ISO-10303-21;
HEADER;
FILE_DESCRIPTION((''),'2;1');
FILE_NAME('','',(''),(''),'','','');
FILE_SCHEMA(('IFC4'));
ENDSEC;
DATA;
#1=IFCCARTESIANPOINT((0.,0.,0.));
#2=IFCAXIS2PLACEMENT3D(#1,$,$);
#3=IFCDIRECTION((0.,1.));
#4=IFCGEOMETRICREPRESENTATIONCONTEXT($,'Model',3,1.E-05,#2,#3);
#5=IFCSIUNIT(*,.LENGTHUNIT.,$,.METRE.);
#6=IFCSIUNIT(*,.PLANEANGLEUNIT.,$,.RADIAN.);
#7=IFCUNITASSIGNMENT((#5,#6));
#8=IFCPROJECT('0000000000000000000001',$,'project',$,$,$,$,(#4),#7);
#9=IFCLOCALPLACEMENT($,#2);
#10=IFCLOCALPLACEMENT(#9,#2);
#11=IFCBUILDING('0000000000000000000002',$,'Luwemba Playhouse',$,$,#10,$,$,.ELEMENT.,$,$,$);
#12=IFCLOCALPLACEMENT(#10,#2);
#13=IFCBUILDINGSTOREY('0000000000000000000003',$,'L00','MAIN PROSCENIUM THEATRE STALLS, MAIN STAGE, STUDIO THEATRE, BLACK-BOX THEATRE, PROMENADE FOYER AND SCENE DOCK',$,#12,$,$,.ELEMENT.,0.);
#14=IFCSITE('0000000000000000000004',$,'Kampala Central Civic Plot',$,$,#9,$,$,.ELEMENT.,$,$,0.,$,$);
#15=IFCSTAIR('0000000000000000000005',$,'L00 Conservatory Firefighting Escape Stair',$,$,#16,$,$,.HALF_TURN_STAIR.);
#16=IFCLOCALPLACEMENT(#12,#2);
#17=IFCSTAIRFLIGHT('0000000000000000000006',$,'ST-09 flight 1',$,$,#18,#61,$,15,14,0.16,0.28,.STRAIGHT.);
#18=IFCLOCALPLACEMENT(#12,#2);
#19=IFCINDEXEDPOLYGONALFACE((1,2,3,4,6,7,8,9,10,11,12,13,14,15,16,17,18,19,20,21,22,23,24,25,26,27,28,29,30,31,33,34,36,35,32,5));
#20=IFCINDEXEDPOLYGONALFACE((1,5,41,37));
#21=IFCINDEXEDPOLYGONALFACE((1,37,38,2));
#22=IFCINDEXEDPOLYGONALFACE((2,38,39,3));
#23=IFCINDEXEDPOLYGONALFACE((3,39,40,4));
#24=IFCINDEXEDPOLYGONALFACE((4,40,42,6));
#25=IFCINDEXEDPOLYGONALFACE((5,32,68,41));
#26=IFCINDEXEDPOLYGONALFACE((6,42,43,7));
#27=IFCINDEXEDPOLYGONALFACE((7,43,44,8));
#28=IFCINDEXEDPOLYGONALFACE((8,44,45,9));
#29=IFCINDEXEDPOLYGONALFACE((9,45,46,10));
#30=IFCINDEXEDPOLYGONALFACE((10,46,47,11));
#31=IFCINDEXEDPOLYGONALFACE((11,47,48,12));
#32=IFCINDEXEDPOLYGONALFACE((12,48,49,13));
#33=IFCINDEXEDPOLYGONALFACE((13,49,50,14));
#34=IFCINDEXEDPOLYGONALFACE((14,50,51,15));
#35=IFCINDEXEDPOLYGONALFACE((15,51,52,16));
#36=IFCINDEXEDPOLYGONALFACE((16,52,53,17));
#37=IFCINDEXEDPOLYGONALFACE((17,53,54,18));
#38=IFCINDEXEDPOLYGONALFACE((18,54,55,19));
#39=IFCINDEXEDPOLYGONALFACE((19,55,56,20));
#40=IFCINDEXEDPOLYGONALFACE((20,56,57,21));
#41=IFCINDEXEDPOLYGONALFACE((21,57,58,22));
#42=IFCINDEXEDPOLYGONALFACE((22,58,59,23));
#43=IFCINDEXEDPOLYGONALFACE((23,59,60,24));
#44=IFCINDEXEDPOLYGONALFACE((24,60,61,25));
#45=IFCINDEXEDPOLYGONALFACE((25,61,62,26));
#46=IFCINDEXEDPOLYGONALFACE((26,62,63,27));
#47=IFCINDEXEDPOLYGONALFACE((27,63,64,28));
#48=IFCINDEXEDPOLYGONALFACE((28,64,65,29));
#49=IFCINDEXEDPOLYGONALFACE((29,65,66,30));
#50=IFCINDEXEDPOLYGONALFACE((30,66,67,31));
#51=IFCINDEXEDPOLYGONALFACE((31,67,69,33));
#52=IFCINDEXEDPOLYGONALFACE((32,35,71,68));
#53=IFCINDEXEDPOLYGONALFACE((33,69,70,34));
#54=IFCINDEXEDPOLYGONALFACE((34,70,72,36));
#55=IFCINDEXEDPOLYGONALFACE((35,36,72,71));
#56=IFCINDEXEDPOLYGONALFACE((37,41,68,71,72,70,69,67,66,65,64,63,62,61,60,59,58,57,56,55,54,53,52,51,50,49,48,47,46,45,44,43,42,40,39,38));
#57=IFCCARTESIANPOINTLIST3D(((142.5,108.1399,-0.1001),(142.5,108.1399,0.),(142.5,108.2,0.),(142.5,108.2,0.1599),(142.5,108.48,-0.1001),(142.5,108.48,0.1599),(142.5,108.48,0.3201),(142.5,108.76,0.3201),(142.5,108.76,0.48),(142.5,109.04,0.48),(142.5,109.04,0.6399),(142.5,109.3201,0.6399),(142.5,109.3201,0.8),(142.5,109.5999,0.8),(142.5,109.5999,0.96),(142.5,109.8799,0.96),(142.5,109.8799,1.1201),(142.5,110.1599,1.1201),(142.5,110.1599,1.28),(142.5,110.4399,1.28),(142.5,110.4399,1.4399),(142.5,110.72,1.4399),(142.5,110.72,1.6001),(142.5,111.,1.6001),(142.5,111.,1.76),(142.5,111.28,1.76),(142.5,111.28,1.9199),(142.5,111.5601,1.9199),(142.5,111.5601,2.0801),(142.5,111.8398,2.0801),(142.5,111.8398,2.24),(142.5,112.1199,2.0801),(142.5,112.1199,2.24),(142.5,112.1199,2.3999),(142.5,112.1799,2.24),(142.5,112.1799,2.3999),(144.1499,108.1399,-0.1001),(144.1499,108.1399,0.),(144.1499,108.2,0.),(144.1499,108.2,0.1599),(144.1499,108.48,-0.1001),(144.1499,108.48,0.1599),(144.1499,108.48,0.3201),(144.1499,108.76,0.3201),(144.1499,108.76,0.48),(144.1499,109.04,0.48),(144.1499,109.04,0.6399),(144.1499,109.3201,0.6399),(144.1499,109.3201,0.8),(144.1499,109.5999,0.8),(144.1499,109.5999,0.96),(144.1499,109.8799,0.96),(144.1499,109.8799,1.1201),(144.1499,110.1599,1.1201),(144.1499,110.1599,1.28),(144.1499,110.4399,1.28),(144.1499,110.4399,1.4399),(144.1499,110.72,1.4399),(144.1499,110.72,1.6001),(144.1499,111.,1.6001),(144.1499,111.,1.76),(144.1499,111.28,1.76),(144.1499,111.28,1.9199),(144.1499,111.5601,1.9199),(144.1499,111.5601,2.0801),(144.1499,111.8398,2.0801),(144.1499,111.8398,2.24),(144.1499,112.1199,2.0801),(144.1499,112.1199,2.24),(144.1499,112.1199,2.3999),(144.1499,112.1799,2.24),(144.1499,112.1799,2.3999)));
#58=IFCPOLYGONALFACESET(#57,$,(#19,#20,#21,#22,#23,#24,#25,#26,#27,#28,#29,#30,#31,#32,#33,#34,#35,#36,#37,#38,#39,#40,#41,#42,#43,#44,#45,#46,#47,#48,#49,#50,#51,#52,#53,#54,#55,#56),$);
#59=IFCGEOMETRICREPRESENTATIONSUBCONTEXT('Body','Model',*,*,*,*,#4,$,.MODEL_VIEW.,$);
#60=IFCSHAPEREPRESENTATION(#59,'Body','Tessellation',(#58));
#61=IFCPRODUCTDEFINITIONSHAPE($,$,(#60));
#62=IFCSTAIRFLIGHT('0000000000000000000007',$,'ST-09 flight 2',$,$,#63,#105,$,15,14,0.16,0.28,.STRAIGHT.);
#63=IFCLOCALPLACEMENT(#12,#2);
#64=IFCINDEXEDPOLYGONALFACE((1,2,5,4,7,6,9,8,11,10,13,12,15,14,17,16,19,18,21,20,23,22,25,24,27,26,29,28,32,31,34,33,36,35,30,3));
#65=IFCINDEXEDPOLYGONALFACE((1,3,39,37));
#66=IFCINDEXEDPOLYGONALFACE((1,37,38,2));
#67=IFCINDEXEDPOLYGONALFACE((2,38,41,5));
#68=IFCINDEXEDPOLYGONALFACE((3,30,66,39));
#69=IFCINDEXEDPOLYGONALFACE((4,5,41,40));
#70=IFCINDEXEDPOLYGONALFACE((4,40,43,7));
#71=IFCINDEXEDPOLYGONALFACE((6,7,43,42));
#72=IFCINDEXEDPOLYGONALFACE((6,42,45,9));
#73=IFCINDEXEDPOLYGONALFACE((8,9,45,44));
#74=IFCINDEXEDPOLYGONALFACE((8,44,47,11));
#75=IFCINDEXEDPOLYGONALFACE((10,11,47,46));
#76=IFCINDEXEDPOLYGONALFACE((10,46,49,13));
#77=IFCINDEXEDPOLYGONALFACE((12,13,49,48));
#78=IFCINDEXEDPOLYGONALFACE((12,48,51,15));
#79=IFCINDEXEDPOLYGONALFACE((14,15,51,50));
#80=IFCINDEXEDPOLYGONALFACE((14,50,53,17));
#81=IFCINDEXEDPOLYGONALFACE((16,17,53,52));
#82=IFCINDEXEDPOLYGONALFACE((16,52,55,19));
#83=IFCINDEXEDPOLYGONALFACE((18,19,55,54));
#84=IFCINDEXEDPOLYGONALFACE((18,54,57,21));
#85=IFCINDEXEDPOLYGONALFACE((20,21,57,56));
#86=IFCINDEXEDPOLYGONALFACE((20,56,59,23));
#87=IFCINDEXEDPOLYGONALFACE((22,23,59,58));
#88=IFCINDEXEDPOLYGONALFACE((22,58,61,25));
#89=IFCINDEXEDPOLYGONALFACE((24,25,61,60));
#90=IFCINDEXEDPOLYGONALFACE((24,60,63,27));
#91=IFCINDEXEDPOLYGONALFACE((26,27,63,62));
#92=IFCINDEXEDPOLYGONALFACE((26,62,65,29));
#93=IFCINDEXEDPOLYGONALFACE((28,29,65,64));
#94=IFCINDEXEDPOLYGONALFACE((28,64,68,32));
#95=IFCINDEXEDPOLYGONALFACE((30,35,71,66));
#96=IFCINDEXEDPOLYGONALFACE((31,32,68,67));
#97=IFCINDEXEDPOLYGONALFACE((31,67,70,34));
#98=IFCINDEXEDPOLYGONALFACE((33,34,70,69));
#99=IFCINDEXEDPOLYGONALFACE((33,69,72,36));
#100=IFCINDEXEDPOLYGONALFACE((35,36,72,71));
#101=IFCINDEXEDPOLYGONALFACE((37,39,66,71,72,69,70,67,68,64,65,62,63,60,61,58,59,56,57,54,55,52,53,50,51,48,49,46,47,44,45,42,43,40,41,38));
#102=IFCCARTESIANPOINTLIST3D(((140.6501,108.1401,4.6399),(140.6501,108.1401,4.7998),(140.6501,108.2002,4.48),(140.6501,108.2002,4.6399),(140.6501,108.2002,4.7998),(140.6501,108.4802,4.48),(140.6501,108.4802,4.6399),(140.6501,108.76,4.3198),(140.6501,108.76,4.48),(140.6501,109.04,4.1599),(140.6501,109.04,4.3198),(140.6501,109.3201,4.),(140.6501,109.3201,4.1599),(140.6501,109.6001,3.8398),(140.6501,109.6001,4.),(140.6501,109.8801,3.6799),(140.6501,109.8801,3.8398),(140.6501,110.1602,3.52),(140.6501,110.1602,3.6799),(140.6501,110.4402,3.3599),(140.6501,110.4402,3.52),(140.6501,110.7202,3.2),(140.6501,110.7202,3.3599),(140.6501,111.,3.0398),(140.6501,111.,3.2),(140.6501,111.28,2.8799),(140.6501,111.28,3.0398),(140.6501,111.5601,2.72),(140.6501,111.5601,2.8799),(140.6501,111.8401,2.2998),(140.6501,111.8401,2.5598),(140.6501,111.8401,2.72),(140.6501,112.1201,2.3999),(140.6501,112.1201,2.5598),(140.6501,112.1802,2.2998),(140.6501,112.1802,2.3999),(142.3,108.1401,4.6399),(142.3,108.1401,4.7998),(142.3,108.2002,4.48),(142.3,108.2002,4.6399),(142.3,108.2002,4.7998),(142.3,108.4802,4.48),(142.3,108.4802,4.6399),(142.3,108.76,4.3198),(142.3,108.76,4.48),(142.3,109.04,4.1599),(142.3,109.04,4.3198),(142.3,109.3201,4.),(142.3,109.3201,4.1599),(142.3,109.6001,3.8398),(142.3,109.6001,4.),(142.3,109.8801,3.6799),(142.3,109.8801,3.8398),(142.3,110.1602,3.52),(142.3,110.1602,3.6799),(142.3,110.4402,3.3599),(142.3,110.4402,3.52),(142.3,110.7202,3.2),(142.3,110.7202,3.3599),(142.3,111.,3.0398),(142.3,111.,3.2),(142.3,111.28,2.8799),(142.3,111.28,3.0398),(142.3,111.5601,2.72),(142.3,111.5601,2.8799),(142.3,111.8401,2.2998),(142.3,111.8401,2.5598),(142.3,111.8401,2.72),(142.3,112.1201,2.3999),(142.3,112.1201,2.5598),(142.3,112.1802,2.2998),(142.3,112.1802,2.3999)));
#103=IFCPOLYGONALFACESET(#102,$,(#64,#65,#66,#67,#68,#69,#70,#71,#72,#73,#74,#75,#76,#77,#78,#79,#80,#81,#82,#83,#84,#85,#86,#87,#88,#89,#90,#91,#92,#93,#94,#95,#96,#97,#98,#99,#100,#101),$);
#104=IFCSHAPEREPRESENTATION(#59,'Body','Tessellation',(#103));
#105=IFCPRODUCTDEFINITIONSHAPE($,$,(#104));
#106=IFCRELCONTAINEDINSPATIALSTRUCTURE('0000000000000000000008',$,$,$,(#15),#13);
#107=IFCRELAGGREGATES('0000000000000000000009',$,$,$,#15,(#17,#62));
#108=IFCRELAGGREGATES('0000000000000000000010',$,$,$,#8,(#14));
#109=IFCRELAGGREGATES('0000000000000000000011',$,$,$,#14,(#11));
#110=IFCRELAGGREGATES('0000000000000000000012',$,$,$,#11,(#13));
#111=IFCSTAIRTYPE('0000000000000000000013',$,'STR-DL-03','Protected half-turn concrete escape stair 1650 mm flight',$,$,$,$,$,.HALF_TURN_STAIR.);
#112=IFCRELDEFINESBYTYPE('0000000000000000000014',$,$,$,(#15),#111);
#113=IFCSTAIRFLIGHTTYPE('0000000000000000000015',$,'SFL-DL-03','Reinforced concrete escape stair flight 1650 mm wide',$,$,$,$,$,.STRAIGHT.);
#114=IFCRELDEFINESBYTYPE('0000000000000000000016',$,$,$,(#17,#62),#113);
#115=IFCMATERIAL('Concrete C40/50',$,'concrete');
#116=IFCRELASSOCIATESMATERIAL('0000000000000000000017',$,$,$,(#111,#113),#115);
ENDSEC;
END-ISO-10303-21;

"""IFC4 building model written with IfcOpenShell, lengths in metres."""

from ifc_helpers import new_model, si_unit, direction, frame, origin, place, context, subcontext, project, spatial, polyline, outline, extrude, material, type_object, element, aggregate, save


model = new_model("IFC4")

# Units and contexts
model_context = context("Model", 3, precision=1e-05, world=origin(), true_north=direction((0.0, 1.0)))
body_context = subcontext(model_context, "Body", "Model", "MODEL_VIEW")
ifc_project = project(units=[si_unit("LENGTHUNIT", "METRE"), si_unit("PLANEANGLEUNIT", "RADIAN")], contexts=[model_context])

# Site, building, storey
site_placement = place(None, origin())
site = spatial("IfcSite", under=ifc_project, at=site_placement, Name="Kampala Central Civic Plot", CompositionType="ELEMENT", RefElevation=0.0)
building_placement = place(site_placement, origin())
building = spatial("IfcBuilding", under=site, at=building_placement, Name="Luwemba Playhouse", CompositionType="ELEMENT")
storey_placement = place(building_placement, origin())
storey = spatial("IfcBuildingStorey", under=building, at=storey_placement, Name="L00", Description="MAIN PROSCENIUM THEATRE STALLS, MAIN STAGE, STUDIO THEATRE, BLACK-BOX THEATRE, PROMENADE FOYER AND SCENE DOCK", CompositionType="ELEMENT", Elevation=0.0)

# Shared definitions
ifc_material_1 = material(Name="Concrete C40/50", Category="concrete")

# Stair, stair flights
stair_type = type_object("IfcStairType", Name="STR-DL-03", Description="Protected half-turn concrete escape stair 1650 mm flight", PredefinedType="HALF_TURN_STAIR", material=ifc_material_1)
stair_placement = place(storey_placement, origin())
stair = element("IfcStair", 1, at=stair_placement, inside=storey, type_object=stair_type, Name="L00 Conservatory Firefighting Escape Stair", PredefinedType="HALF_TURN_STAIR")
stair_flight_type = type_object("IfcStairFlightType", Name="SFL-DL-03", Description="Reinforced concrete escape stair flight 1650 mm wide", PredefinedType="STRAIGHT", material=ifc_material_1)
stair_flight_1_placement = place(storey_placement, frame((143.325, 108.2, 0.0), z_axis=(0.0, 0.0, 1.0), x_axis=(0.0, 1.0, 0.0)))
stair_flight_1 = element("IfcStairFlight", 2, at=stair_flight_1_placement, type_object=stair_flight_type, Name="ST-09 flight 1", NumberOfRisers=15, NumberOfTreads=14, PredefinedType="STRAIGHT", RiserHeight=0.16, TreadLength=0.28, context=body_context, shape_type="SweptSolid", body=[
    extrude(outline(polyline([(-0.0601, -0.1001), (-0.0601, 0.0), (0.0, 0.0), (0.0, 0.1599), (0.28, 0.1599), (0.28, 0.3201), (0.5601, 0.3201), (0.5601, 0.48), (0.8401, 0.48), (0.8401, 0.6399), (1.1201, 0.6399), (1.1201, 0.8), (1.3999, 0.8), (1.3999, 0.96), (1.6799, 0.96), (1.6799, 1.1201), (1.96, 1.1201), (1.96, 1.28), (2.24, 1.28), (2.24, 1.4399), (2.52, 1.4399), (2.52, 1.6001), (2.8, 1.6001), (2.8, 1.76), (3.0801, 1.76), (3.0801, 1.9199), (3.3601, 1.9199), (3.3601, 2.0801), (3.6399, 2.0801), (3.6399, 2.24), (3.9199, 2.24), (3.9199, 2.3999), (3.98, 2.3999), (3.98, 2.24), (3.9199, 2.0801), (0.28, -0.1001), (-0.0601, -0.1001)])), frame((0.0, 0.825, 0.0), z_axis=(0.0, -1.0, 0.0), x_axis=(1.0, 0.0, 0.0)), (0.0, 0.0, 1.0), 1.6499),
])
stair_flight_2_placement = place(storey_placement, frame((141.4751, 112.1201, 2.3999), z_axis=(0.0, 0.0, 1.0), x_axis=(0.0, -1.0, 0.0)))
stair_flight_2 = element("IfcStairFlight", 3, at=stair_flight_2_placement, type_object=stair_flight_type, Name="ST-09 flight 2", NumberOfRisers=15, NumberOfTreads=14, PredefinedType="STRAIGHT", RiserHeight=0.16, TreadLength=0.28, context=body_context, shape_type="SweptSolid", body=[
    extrude(outline(polyline([(-0.0601, -0.1001), (-0.0601, 0.0), (0.0, 0.0), (0.0, 0.1599), (0.28, 0.1599), (0.28, 0.3201), (0.5601, 0.3201), (0.5601, 0.48), (0.8401, 0.48), (0.8401, 0.6399), (1.1201, 0.6399), (1.1201, 0.8), (1.3999, 0.8), (1.3999, 0.96), (1.6799, 0.96), (1.6799, 1.1201), (1.96, 1.1201), (1.96, 1.28), (2.24, 1.28), (2.24, 1.4399), (2.52, 1.4399), (2.52, 1.6001), (2.8, 1.6001), (2.8, 1.76), (3.0801, 1.76), (3.0801, 1.9199), (3.3601, 1.9199), (3.3601, 2.0801), (3.6399, 2.0801), (3.6399, 2.24), (3.9199, 2.24), (3.9199, 2.3999), (3.98, 2.3999), (3.98, 2.24), (3.9199, 2.0801), (0.28, -0.1001), (-0.0601, -0.1001)])), frame((0.0, 0.825, 0.0), z_axis=(0.0, -1.0, 0.0), x_axis=(1.0, 0.0, 0.0)), (0.0, 0.0, 1.0), 1.6499),
])
aggregate(stair, [stair_flight_1, stair_flight_2])

save(model, "model.ifc")
